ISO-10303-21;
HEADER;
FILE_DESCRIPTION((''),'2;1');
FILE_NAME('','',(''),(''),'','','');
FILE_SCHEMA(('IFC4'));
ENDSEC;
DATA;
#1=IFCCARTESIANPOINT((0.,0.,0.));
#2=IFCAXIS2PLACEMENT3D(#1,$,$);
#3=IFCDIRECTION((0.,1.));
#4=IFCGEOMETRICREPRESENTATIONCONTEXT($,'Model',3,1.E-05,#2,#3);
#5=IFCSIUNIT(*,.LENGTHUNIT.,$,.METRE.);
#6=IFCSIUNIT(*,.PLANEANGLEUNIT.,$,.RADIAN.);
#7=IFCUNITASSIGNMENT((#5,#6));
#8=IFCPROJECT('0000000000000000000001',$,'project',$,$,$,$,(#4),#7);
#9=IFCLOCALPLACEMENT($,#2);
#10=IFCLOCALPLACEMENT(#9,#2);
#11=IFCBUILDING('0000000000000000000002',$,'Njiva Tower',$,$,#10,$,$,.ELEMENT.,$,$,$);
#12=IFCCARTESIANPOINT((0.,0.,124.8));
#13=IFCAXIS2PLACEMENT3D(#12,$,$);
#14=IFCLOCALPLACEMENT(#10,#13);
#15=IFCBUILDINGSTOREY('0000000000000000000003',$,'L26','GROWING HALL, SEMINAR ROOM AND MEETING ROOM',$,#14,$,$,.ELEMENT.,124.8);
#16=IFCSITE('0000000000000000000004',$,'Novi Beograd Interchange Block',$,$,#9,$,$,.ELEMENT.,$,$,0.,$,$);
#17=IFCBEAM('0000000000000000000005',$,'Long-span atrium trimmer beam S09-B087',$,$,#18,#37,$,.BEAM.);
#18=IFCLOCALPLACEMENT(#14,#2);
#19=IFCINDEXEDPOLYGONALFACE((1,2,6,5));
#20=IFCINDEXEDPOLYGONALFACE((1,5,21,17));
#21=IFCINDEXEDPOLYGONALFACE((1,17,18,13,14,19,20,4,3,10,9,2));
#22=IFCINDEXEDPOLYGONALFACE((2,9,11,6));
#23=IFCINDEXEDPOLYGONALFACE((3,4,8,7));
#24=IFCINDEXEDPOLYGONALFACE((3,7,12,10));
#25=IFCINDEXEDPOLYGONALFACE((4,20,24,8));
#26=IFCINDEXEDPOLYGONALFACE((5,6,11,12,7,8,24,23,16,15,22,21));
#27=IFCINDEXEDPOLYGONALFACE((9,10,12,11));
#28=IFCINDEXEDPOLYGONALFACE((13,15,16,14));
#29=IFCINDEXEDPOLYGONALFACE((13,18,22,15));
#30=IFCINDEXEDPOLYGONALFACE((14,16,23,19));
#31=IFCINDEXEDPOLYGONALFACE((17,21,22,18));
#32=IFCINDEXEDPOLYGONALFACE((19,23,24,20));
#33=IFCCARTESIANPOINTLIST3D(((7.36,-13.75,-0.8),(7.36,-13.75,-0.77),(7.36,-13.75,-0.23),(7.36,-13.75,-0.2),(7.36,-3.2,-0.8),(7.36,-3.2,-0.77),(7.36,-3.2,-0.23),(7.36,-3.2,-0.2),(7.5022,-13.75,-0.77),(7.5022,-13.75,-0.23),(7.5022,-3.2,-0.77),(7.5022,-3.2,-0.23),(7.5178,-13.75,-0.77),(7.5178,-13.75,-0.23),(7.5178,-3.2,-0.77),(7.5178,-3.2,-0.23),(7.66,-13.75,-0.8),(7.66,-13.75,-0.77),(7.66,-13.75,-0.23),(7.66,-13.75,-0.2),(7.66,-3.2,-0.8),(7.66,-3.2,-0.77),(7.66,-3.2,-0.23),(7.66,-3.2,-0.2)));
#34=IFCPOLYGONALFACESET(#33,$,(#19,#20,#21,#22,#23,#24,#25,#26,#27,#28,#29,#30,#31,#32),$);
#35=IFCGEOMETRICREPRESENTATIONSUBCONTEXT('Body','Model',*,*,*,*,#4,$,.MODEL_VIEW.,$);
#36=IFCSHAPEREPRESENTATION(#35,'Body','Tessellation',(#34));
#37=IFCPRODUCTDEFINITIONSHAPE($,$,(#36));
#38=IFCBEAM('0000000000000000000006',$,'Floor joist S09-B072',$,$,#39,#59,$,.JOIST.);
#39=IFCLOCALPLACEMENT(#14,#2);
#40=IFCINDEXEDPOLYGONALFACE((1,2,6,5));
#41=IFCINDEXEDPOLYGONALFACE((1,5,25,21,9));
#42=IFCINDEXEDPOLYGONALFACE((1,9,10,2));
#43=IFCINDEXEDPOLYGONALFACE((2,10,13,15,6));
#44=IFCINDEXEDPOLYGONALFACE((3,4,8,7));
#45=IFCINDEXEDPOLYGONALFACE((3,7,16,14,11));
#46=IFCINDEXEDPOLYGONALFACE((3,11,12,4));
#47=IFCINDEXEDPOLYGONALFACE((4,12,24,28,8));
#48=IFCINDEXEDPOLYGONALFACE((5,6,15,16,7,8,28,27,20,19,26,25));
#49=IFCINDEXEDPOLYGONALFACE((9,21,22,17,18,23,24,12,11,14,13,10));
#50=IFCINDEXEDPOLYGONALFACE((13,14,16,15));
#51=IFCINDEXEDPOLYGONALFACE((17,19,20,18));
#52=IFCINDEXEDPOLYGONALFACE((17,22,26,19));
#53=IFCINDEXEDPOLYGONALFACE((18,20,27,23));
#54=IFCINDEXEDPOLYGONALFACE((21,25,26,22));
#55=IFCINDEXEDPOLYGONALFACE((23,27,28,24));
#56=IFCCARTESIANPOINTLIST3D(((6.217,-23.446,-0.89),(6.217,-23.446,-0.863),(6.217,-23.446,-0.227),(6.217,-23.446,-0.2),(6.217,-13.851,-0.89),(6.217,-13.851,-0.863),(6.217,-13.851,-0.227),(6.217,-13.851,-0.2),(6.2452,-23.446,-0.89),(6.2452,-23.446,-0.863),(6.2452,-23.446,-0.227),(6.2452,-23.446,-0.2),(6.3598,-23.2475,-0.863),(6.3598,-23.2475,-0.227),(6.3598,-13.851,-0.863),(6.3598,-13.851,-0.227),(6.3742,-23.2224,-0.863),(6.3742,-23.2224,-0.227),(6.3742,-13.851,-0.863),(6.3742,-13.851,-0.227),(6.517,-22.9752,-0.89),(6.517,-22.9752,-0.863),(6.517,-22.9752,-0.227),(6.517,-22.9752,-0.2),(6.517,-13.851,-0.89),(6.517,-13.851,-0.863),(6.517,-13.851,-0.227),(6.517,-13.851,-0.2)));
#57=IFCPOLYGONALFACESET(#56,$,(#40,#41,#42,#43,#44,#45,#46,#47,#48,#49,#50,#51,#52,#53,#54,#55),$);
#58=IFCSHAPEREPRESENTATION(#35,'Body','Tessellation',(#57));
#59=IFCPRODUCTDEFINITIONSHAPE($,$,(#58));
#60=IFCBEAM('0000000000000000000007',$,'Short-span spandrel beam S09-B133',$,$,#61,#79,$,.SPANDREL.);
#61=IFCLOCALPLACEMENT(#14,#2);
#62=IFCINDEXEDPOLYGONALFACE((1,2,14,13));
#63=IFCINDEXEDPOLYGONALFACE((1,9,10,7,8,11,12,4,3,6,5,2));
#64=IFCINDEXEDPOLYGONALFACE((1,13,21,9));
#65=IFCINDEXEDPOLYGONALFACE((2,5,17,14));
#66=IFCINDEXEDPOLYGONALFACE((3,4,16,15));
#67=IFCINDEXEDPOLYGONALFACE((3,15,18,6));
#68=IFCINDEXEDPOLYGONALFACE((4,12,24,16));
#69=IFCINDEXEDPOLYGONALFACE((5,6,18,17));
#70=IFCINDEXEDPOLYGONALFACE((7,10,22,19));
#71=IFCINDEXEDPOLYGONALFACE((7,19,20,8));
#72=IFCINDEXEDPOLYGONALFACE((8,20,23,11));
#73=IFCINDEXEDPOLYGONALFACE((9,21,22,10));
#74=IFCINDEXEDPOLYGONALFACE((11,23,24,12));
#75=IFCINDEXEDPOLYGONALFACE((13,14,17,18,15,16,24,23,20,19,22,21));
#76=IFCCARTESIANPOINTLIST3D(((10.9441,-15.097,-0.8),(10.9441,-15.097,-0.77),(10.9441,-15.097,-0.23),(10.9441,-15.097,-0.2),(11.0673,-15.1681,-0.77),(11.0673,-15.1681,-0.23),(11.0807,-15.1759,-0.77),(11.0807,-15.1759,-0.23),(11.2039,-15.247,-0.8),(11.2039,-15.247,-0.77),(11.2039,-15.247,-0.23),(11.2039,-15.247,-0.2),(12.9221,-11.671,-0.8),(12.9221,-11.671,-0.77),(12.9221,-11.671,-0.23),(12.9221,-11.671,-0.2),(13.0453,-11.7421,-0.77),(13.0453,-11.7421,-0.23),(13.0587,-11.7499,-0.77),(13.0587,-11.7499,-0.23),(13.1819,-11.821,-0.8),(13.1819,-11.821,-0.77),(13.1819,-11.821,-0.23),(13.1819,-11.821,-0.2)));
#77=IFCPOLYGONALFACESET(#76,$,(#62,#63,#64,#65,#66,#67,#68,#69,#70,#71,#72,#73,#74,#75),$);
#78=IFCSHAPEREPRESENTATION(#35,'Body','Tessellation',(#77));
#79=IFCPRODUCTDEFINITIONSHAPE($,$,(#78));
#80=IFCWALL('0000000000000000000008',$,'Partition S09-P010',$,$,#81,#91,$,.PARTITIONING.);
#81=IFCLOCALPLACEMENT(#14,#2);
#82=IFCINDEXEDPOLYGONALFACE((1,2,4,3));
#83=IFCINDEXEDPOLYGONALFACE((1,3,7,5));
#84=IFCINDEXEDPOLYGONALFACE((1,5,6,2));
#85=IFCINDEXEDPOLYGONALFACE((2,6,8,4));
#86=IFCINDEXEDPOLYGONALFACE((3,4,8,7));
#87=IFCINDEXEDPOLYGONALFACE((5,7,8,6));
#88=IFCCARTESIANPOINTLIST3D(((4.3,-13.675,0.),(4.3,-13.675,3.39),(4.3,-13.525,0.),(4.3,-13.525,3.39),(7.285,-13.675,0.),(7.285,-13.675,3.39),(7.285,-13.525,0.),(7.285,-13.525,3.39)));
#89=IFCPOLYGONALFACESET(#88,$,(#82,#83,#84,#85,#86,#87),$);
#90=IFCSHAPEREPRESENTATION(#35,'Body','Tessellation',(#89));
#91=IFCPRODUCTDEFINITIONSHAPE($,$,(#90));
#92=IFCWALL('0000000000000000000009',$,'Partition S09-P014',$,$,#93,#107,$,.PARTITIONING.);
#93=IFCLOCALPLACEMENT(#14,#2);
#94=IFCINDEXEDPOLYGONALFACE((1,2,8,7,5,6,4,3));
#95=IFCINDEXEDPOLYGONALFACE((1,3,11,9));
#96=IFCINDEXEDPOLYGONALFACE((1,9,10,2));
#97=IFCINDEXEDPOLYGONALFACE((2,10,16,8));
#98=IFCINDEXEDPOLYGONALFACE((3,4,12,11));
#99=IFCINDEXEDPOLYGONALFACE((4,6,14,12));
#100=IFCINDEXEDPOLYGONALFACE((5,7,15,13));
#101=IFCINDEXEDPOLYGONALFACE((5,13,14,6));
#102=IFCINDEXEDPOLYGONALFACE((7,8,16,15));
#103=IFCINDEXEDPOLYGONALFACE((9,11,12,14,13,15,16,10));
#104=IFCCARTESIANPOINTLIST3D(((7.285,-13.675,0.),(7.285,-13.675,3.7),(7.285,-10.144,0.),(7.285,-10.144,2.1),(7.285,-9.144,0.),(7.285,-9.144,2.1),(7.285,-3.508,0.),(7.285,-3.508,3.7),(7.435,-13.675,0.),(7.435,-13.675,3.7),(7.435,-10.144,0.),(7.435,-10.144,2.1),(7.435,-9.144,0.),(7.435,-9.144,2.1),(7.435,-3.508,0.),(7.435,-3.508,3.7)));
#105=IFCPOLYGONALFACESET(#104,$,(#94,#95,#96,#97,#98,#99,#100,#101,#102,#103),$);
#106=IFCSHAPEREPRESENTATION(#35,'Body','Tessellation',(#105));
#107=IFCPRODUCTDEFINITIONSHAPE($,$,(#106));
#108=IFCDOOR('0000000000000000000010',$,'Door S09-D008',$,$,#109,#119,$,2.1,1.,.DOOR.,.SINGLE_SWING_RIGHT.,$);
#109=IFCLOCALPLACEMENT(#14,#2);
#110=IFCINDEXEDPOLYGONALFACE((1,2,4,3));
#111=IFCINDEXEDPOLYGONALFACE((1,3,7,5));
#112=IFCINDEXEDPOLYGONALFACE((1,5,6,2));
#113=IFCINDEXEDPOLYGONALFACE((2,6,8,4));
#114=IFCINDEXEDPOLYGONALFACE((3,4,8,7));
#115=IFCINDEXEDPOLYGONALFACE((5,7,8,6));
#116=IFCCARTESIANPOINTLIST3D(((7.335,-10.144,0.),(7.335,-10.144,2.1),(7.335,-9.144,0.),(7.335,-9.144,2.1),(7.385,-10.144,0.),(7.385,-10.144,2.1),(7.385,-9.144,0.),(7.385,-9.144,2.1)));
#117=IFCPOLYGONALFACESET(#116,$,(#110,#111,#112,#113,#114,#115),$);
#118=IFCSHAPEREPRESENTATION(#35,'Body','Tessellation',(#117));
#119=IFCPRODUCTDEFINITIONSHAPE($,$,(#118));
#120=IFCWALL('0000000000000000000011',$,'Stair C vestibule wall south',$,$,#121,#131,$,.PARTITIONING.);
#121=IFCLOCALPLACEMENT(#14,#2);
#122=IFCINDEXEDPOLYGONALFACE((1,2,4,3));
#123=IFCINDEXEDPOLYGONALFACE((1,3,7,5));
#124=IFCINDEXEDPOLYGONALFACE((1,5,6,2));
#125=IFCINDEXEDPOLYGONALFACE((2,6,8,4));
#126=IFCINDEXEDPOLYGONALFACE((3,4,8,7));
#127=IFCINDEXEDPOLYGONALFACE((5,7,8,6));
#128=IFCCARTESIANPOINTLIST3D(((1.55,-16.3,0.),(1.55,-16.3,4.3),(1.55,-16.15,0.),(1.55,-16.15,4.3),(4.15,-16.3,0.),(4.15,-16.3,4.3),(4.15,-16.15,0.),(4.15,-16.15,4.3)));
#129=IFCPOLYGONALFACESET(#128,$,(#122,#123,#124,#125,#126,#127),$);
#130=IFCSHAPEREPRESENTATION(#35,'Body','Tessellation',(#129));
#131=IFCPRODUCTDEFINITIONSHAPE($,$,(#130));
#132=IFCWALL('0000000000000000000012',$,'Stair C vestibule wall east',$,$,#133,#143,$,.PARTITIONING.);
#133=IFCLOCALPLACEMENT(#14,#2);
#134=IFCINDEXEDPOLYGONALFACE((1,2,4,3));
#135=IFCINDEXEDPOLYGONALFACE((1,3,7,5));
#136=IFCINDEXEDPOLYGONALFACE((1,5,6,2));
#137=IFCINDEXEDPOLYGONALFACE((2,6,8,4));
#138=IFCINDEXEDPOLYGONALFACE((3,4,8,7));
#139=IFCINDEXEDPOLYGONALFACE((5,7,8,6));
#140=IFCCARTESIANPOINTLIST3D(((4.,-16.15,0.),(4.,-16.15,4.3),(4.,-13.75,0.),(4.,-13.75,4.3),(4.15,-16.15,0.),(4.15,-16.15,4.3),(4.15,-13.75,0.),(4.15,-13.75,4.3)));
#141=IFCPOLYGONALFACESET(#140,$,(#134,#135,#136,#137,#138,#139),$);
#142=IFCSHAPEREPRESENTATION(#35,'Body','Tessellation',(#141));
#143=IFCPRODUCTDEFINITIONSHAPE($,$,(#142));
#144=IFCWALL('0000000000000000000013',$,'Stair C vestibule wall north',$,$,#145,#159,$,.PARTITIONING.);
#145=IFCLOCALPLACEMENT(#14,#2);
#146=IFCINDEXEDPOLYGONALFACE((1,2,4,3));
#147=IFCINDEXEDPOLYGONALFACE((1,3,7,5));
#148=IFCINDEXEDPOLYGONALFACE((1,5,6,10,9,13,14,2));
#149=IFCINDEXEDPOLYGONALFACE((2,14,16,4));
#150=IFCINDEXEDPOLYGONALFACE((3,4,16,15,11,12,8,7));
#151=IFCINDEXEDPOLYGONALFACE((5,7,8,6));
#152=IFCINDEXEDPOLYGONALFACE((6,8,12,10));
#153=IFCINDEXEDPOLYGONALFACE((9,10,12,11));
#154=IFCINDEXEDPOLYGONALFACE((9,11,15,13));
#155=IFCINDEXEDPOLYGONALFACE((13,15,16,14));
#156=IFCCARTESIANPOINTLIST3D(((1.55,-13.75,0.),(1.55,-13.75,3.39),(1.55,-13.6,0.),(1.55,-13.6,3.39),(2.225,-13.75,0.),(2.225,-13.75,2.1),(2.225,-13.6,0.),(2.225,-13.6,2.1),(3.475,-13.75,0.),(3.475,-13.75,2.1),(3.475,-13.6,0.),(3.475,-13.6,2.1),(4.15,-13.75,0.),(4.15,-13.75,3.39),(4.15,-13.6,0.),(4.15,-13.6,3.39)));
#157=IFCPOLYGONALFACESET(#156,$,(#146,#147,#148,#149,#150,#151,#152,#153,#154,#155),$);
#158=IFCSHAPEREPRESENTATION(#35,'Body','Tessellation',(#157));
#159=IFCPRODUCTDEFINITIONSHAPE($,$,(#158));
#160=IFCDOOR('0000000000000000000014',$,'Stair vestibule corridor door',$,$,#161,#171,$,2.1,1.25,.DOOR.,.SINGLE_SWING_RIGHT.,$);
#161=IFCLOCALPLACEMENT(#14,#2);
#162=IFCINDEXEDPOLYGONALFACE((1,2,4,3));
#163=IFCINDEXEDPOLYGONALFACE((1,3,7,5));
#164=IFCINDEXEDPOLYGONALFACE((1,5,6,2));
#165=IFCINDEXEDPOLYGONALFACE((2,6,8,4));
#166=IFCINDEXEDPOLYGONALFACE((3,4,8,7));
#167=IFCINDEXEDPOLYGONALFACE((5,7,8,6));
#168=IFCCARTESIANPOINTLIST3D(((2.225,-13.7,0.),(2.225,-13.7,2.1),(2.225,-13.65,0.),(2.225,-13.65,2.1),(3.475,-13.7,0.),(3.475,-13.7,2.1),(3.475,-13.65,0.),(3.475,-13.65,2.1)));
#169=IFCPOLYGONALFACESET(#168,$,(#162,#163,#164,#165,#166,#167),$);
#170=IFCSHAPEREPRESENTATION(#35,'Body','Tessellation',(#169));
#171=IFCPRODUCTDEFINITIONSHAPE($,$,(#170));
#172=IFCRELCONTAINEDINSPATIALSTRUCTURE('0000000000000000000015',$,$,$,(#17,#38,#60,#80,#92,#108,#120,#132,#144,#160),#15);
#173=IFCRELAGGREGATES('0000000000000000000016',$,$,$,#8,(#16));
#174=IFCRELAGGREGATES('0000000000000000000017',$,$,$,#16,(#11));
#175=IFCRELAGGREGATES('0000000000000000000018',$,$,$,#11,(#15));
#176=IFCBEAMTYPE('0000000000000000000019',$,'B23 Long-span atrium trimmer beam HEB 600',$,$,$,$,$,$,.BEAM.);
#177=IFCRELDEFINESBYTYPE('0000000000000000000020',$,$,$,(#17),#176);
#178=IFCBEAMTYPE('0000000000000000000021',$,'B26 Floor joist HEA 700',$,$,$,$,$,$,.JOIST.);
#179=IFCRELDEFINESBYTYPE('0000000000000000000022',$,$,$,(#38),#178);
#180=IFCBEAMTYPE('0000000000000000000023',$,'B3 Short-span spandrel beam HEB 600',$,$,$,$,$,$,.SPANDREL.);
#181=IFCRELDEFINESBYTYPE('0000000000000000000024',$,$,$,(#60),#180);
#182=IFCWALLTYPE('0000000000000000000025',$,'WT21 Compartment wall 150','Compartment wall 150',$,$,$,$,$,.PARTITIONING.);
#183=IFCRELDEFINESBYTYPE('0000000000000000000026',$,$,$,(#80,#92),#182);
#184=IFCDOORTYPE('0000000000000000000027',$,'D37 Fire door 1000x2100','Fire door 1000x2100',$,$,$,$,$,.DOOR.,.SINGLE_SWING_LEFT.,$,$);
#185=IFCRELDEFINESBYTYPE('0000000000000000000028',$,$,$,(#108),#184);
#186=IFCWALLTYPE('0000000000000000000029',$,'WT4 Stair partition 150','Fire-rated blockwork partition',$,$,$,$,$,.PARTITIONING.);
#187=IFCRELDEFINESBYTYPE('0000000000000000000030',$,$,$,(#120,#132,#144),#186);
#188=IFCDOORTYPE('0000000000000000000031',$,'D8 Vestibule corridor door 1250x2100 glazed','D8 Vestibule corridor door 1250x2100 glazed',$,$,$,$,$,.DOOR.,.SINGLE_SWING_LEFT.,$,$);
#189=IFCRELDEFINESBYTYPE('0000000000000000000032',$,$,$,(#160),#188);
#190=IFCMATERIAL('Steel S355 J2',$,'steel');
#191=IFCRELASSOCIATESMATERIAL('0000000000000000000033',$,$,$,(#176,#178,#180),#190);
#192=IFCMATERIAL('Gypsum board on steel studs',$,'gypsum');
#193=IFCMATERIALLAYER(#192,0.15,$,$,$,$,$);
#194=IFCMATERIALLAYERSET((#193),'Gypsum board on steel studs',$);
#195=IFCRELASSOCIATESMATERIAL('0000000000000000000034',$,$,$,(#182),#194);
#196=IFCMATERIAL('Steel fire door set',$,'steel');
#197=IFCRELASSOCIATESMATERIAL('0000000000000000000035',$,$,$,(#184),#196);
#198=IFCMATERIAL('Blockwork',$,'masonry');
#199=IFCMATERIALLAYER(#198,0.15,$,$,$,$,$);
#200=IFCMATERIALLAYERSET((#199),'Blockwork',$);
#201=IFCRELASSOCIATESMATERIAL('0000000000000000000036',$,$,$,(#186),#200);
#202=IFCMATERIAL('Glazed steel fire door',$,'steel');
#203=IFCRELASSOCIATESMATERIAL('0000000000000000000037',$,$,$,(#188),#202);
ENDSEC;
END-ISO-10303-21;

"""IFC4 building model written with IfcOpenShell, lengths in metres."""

from ifc_helpers import new_model, si_unit, direction, frame, frame_2d, origin, origin_2d, place, context, subcontext, project, spatial, rectangle, i_section, extrude, clip, halfspace, material, layer, layer_set, material_profile, profile_set, type_object, element, fill, save


model = new_model("IFC4")

# Units and contexts
model_context = context("Model", 3, precision=1e-05, world=origin(), true_north=direction((0.0, 1.0)))
body_context = subcontext(model_context, "Body", "Model", "MODEL_VIEW")
ifc_project = project(units=[si_unit("LENGTHUNIT", "METRE"), si_unit("PLANEANGLEUNIT", "RADIAN")], contexts=[model_context])

# Site, building, storey
site_placement = place(None, origin())
site = spatial("IfcSite", under=ifc_project, at=site_placement, Name="Novi Beograd Interchange Block", CompositionType="ELEMENT", RefElevation=0.0)
building_placement = place(site_placement, origin())
building = spatial("IfcBuilding", under=site, at=building_placement, Name="Njiva Tower", CompositionType="ELEMENT")
storey_placement = place(building_placement, frame((0.0, 0.0, 124.8)))
storey = spatial("IfcBuildingStorey", under=building, at=storey_placement, Name="L26", Description="GROWING HALL, SEMINAR ROOM AND MEETING ROOM", CompositionType="ELEMENT", Elevation=124.8)

# Shared definitions
ifc_material_1 = material(Name="Steel S355 J2", Category="steel")

# Beams
ifc_material_profile_1 = material_profile(ifc_material_1, i_section(OverallWidth=0.3, OverallDepth=0.6, WebThickness=0.0155, FlangeThickness=0.03, at=origin_2d()), Name="HEB 600")
ifc_profile_set_1 = profile_set([ifc_material_profile_1], Name="Steel S355 J2")
beam_type_1 = type_object("IfcBeamType", Name="B23 Long-span atrium trimmer beam HEB 600", PredefinedType="BEAM", material=ifc_profile_set_1)
beam_1_placement = place(storey_placement, frame((7.51, -13.75, -0.5), z_axis=(0.0, 1.0, 0.0), x_axis=(-1.0, 0.0, 0.0)))
element("IfcBeam", 1, at=beam_1_placement, inside=storey, type_object=beam_type_1, Name="Long-span atrium trimmer beam S09-B087", PredefinedType="BEAM", context=body_context, shape_type="SweptSolid", body=[
    extrude(i_section(OverallWidth=0.3, OverallDepth=0.6, WebThickness=0.0155, FlangeThickness=0.03, at=origin_2d()), origin(), (0.0, 0.0, 1.0), 10.55),
])
ifc_material_profile_2 = material_profile(ifc_material_1, i_section(OverallWidth=0.3, OverallDepth=0.69, WebThickness=0.0145, FlangeThickness=0.027, at=origin_2d()), Name="HEA 700")
ifc_profile_set_2 = profile_set([ifc_material_profile_2], Name="Steel S355 J2")
beam_type_2 = type_object("IfcBeamType", Name="B26 Floor joist HEA 700", PredefinedType="JOIST", material=ifc_profile_set_2)
beam_2_placement = place(storey_placement, frame((6.367, -13.851, -0.545), z_axis=(0.0, -1.0, 0.0), x_axis=(1.0, 0.0, 0.0)))
element("IfcBeam", 2, at=beam_2_placement, inside=storey, type_object=beam_type_2, Name="Floor joist S09-B072", PredefinedType="JOIST", context=body_context, shape_type="Clipping", body=[
    clip(extrude(i_section(OverallWidth=0.3, OverallDepth=0.69, WebThickness=0.0145, FlangeThickness=0.027, at=origin_2d()), origin(), (0.0, 0.0, 1.0), 9.595), halfspace(frame((0.043, 0.0, 9.3095), z_axis=(0.866027, 0.0, 0.499998), x_axis=(0.0, 1.0, 0.0)), False)),
])
ifc_material_profile_3 = material_profile(ifc_material_1, i_section(OverallWidth=0.3, OverallDepth=0.6, WebThickness=0.0155, FlangeThickness=0.03, at=origin_2d()), Name="HEB 600")
ifc_profile_set_3 = profile_set([ifc_material_profile_3], Name="Steel S355 J2")
beam_type_3 = type_object("IfcBeamType", Name="B3 Short-span spandrel beam HEB 600", PredefinedType="SPANDREL", material=ifc_profile_set_3)
beam_3_placement = place(storey_placement, frame((11.074, -15.172, -0.5), z_axis=(0.5, 0.866026, 0.0), x_axis=(-0.866026, 0.5, 0.0)))
element("IfcBeam", 3, at=beam_3_placement, inside=storey, type_object=beam_type_3, Name="Short-span spandrel beam S09-B133", PredefinedType="SPANDREL", context=body_context, shape_type="SweptSolid", body=[
    extrude(i_section(OverallWidth=0.3, OverallDepth=0.6, WebThickness=0.0155, FlangeThickness=0.03, at=origin_2d()), origin(), (0.0, 0.0, 1.0), 3.956),
])

# Wall
ifc_material_2 = material(Name="Gypsum board on steel studs", Category="gypsum")
ifc_layer_1 = layer(ifc_material_2, 0.15)
ifc_layer_set_1 = layer_set([ifc_layer_1], Name="Gypsum board on steel studs")
wall_type_1 = type_object("IfcWallType", Name="WT21 Compartment wall 150", Description="Compartment wall 150", PredefinedType="PARTITIONING", material=ifc_layer_set_1)
wall_1_placement = place(storey_placement, frame((4.3, -13.6, 0.0), z_axis=(0.0, 0.0, 1.0), x_axis=(1.0, 0.0, 0.0)))
element("IfcWall", 4, at=wall_1_placement, inside=storey, type_object=wall_type_1, Name="Partition S09-P010", PredefinedType="PARTITIONING", context=body_context, shape_type="SweptSolid", body=[
    extrude(rectangle(XDim=2.985, YDim=0.15, at=frame_2d((1.4925, 0.0))), origin(), (0.0, 0.0, 1.0), 3.39),
])

# Wall, opening, door
wall_2_placement = place(storey_placement, frame((7.36, -13.675, 0.0), z_axis=(0.0, 0.0, 1.0), x_axis=(0.0, 1.0, 0.0)))
wall_2 = element("IfcWall", 5, at=wall_2_placement, inside=storey, type_object=wall_type_1, Name="Partition S09-P014", PredefinedType="PARTITIONING", context=body_context, shape_type="SweptSolid", body=[
    extrude(rectangle(XDim=10.167, YDim=0.15, at=frame_2d((5.0835, 0.0))), origin(), (0.0, 0.0, 1.0), 3.7),
])
opening_1_placement = place(wall_2_placement, frame((3.531, 0.0, 0.0)))
opening_1 = element("IfcOpeningElement", 6, at=opening_1_placement, cuts=wall_2, PredefinedType="OPENING", context=body_context, shape_type="SweptSolid", body=[
    extrude(rectangle(XDim=1.0, YDim=2.1, at=frame_2d((0.5, 1.05))), frame((0.0, 0.085, 0.0), z_axis=(0.0, -1.0, 0.0), x_axis=(1.0, 0.0, 0.0)), (0.0, 0.0, 1.0), 0.17),
])
ifc_material_3 = material(Name="Steel fire door set", Category="steel")
door_type_1 = type_object("IfcDoorType", Name="D37 Fire door 1000x2100", Description="Fire door 1000x2100", OperationType="SINGLE_SWING_LEFT", PredefinedType="DOOR", material=ifc_material_3)
door_1_placement = place(opening_1_placement, origin())
door_1 = element("IfcDoor", 7, at=door_1_placement, inside=storey, type_object=door_type_1, Name="Door S09-D008", OperationType="SINGLE_SWING_RIGHT", OverallHeight=2.1, OverallWidth=1.0, PredefinedType="DOOR", context=body_context, shape_type="SweptSolid", body=[
    extrude(rectangle(XDim=1.0, YDim=2.1, at=frame_2d((0.5, 1.05))), frame((0.0, 0.025, 0.0), z_axis=(0.0, -1.0, 0.0), x_axis=(1.0, 0.0, 0.0)), (0.0, 0.0, 1.0), 0.05),
])
fill(opening_1, door_1)

# Walls
ifc_material_4 = material(Name="Blockwork", Category="masonry")
ifc_layer_2 = layer(ifc_material_4, 0.15)
ifc_layer_set_2 = layer_set([ifc_layer_2], Name="Blockwork")
wall_type_2 = type_object("IfcWallType", Name="WT4 Stair partition 150", Description="Fire-rated blockwork partition", PredefinedType="PARTITIONING", material=ifc_layer_set_2)
wall_3_placement = place(storey_placement, frame((1.55, -16.225, 0.0), z_axis=(0.0, 0.0, 1.0), x_axis=(1.0, 0.0, 0.0)))
element("IfcWall", 8, at=wall_3_placement, inside=storey, type_object=wall_type_2, Name="Stair C vestibule wall south", PredefinedType="PARTITIONING", context=body_context, shape_type="SweptSolid", body=[
    extrude(rectangle(XDim=2.6, YDim=0.15, at=frame_2d((1.3, 0.0))), origin(), (0.0, 0.0, 1.0), 4.3),
])
wall_4_placement = place(storey_placement, frame((4.075, -16.15, 0.0), z_axis=(0.0, 0.0, 1.0), x_axis=(0.0, 1.0, 0.0)))
element("IfcWall", 9, at=wall_4_placement, inside=storey, type_object=wall_type_2, Name="Stair C vestibule wall east", PredefinedType="PARTITIONING", context=body_context, shape_type="SweptSolid", body=[
    extrude(rectangle(XDim=2.4, YDim=0.15, at=frame_2d((1.2, 0.0))), origin(), (0.0, 0.0, 1.0), 4.3),
])

# Wall, opening, door
wall_5_placement = place(storey_placement, frame((1.55, -13.675, 0.0), z_axis=(0.0, 0.0, 1.0), x_axis=(1.0, 0.0, 0.0)))
wall_5 = element("IfcWall", 10, at=wall_5_placement, inside=storey, type_object=wall_type_2, Name="Stair C vestibule wall north", PredefinedType="PARTITIONING", context=body_context, shape_type="SweptSolid", body=[
    extrude(rectangle(XDim=2.6, YDim=0.15, at=frame_2d((1.3, 0.0))), origin(), (0.0, 0.0, 1.0), 3.39),
])
opening_2_placement = place(wall_5_placement, frame((0.675, 0.0, 0.0)))
opening_2 = element("IfcOpeningElement", 11, at=opening_2_placement, cuts=wall_5, PredefinedType="OPENING", context=body_context, shape_type="SweptSolid", body=[
    extrude(rectangle(XDim=1.25, YDim=2.1, at=frame_2d((0.625, 1.05))), frame((0.0, 0.085, 0.0), z_axis=(0.0, -1.0, 0.0), x_axis=(1.0, 0.0, 0.0)), (0.0, 0.0, 1.0), 0.17),
])
ifc_material_5 = material(Name="Glazed steel fire door", Category="steel")
door_type_2 = type_object("IfcDoorType", Name="D8 Vestibule corridor door 1250x2100 glazed", Description="D8 Vestibule corridor door 1250x2100 glazed", OperationType="SINGLE_SWING_LEFT", PredefinedType="DOOR", material=ifc_material_5)
door_2_placement = place(opening_2_placement, origin())
door_2 = element("IfcDoor", 12, at=door_2_placement, inside=storey, type_object=door_type_2, Name="Stair vestibule corridor door", OperationType="SINGLE_SWING_RIGHT", OverallHeight=2.1, OverallWidth=1.25, PredefinedType="DOOR", context=body_context, shape_type="SweptSolid", body=[
    extrude(rectangle(XDim=1.25, YDim=2.1, at=frame_2d((0.625, 1.05))), frame((0.0, 0.025, 0.0), z_axis=(0.0, -1.0, 0.0), x_axis=(1.0, 0.0, 0.0)), (0.0, 0.0, 1.0), 0.05),
])
fill(opening_2, door_2)

save(model, "model.ifc")
